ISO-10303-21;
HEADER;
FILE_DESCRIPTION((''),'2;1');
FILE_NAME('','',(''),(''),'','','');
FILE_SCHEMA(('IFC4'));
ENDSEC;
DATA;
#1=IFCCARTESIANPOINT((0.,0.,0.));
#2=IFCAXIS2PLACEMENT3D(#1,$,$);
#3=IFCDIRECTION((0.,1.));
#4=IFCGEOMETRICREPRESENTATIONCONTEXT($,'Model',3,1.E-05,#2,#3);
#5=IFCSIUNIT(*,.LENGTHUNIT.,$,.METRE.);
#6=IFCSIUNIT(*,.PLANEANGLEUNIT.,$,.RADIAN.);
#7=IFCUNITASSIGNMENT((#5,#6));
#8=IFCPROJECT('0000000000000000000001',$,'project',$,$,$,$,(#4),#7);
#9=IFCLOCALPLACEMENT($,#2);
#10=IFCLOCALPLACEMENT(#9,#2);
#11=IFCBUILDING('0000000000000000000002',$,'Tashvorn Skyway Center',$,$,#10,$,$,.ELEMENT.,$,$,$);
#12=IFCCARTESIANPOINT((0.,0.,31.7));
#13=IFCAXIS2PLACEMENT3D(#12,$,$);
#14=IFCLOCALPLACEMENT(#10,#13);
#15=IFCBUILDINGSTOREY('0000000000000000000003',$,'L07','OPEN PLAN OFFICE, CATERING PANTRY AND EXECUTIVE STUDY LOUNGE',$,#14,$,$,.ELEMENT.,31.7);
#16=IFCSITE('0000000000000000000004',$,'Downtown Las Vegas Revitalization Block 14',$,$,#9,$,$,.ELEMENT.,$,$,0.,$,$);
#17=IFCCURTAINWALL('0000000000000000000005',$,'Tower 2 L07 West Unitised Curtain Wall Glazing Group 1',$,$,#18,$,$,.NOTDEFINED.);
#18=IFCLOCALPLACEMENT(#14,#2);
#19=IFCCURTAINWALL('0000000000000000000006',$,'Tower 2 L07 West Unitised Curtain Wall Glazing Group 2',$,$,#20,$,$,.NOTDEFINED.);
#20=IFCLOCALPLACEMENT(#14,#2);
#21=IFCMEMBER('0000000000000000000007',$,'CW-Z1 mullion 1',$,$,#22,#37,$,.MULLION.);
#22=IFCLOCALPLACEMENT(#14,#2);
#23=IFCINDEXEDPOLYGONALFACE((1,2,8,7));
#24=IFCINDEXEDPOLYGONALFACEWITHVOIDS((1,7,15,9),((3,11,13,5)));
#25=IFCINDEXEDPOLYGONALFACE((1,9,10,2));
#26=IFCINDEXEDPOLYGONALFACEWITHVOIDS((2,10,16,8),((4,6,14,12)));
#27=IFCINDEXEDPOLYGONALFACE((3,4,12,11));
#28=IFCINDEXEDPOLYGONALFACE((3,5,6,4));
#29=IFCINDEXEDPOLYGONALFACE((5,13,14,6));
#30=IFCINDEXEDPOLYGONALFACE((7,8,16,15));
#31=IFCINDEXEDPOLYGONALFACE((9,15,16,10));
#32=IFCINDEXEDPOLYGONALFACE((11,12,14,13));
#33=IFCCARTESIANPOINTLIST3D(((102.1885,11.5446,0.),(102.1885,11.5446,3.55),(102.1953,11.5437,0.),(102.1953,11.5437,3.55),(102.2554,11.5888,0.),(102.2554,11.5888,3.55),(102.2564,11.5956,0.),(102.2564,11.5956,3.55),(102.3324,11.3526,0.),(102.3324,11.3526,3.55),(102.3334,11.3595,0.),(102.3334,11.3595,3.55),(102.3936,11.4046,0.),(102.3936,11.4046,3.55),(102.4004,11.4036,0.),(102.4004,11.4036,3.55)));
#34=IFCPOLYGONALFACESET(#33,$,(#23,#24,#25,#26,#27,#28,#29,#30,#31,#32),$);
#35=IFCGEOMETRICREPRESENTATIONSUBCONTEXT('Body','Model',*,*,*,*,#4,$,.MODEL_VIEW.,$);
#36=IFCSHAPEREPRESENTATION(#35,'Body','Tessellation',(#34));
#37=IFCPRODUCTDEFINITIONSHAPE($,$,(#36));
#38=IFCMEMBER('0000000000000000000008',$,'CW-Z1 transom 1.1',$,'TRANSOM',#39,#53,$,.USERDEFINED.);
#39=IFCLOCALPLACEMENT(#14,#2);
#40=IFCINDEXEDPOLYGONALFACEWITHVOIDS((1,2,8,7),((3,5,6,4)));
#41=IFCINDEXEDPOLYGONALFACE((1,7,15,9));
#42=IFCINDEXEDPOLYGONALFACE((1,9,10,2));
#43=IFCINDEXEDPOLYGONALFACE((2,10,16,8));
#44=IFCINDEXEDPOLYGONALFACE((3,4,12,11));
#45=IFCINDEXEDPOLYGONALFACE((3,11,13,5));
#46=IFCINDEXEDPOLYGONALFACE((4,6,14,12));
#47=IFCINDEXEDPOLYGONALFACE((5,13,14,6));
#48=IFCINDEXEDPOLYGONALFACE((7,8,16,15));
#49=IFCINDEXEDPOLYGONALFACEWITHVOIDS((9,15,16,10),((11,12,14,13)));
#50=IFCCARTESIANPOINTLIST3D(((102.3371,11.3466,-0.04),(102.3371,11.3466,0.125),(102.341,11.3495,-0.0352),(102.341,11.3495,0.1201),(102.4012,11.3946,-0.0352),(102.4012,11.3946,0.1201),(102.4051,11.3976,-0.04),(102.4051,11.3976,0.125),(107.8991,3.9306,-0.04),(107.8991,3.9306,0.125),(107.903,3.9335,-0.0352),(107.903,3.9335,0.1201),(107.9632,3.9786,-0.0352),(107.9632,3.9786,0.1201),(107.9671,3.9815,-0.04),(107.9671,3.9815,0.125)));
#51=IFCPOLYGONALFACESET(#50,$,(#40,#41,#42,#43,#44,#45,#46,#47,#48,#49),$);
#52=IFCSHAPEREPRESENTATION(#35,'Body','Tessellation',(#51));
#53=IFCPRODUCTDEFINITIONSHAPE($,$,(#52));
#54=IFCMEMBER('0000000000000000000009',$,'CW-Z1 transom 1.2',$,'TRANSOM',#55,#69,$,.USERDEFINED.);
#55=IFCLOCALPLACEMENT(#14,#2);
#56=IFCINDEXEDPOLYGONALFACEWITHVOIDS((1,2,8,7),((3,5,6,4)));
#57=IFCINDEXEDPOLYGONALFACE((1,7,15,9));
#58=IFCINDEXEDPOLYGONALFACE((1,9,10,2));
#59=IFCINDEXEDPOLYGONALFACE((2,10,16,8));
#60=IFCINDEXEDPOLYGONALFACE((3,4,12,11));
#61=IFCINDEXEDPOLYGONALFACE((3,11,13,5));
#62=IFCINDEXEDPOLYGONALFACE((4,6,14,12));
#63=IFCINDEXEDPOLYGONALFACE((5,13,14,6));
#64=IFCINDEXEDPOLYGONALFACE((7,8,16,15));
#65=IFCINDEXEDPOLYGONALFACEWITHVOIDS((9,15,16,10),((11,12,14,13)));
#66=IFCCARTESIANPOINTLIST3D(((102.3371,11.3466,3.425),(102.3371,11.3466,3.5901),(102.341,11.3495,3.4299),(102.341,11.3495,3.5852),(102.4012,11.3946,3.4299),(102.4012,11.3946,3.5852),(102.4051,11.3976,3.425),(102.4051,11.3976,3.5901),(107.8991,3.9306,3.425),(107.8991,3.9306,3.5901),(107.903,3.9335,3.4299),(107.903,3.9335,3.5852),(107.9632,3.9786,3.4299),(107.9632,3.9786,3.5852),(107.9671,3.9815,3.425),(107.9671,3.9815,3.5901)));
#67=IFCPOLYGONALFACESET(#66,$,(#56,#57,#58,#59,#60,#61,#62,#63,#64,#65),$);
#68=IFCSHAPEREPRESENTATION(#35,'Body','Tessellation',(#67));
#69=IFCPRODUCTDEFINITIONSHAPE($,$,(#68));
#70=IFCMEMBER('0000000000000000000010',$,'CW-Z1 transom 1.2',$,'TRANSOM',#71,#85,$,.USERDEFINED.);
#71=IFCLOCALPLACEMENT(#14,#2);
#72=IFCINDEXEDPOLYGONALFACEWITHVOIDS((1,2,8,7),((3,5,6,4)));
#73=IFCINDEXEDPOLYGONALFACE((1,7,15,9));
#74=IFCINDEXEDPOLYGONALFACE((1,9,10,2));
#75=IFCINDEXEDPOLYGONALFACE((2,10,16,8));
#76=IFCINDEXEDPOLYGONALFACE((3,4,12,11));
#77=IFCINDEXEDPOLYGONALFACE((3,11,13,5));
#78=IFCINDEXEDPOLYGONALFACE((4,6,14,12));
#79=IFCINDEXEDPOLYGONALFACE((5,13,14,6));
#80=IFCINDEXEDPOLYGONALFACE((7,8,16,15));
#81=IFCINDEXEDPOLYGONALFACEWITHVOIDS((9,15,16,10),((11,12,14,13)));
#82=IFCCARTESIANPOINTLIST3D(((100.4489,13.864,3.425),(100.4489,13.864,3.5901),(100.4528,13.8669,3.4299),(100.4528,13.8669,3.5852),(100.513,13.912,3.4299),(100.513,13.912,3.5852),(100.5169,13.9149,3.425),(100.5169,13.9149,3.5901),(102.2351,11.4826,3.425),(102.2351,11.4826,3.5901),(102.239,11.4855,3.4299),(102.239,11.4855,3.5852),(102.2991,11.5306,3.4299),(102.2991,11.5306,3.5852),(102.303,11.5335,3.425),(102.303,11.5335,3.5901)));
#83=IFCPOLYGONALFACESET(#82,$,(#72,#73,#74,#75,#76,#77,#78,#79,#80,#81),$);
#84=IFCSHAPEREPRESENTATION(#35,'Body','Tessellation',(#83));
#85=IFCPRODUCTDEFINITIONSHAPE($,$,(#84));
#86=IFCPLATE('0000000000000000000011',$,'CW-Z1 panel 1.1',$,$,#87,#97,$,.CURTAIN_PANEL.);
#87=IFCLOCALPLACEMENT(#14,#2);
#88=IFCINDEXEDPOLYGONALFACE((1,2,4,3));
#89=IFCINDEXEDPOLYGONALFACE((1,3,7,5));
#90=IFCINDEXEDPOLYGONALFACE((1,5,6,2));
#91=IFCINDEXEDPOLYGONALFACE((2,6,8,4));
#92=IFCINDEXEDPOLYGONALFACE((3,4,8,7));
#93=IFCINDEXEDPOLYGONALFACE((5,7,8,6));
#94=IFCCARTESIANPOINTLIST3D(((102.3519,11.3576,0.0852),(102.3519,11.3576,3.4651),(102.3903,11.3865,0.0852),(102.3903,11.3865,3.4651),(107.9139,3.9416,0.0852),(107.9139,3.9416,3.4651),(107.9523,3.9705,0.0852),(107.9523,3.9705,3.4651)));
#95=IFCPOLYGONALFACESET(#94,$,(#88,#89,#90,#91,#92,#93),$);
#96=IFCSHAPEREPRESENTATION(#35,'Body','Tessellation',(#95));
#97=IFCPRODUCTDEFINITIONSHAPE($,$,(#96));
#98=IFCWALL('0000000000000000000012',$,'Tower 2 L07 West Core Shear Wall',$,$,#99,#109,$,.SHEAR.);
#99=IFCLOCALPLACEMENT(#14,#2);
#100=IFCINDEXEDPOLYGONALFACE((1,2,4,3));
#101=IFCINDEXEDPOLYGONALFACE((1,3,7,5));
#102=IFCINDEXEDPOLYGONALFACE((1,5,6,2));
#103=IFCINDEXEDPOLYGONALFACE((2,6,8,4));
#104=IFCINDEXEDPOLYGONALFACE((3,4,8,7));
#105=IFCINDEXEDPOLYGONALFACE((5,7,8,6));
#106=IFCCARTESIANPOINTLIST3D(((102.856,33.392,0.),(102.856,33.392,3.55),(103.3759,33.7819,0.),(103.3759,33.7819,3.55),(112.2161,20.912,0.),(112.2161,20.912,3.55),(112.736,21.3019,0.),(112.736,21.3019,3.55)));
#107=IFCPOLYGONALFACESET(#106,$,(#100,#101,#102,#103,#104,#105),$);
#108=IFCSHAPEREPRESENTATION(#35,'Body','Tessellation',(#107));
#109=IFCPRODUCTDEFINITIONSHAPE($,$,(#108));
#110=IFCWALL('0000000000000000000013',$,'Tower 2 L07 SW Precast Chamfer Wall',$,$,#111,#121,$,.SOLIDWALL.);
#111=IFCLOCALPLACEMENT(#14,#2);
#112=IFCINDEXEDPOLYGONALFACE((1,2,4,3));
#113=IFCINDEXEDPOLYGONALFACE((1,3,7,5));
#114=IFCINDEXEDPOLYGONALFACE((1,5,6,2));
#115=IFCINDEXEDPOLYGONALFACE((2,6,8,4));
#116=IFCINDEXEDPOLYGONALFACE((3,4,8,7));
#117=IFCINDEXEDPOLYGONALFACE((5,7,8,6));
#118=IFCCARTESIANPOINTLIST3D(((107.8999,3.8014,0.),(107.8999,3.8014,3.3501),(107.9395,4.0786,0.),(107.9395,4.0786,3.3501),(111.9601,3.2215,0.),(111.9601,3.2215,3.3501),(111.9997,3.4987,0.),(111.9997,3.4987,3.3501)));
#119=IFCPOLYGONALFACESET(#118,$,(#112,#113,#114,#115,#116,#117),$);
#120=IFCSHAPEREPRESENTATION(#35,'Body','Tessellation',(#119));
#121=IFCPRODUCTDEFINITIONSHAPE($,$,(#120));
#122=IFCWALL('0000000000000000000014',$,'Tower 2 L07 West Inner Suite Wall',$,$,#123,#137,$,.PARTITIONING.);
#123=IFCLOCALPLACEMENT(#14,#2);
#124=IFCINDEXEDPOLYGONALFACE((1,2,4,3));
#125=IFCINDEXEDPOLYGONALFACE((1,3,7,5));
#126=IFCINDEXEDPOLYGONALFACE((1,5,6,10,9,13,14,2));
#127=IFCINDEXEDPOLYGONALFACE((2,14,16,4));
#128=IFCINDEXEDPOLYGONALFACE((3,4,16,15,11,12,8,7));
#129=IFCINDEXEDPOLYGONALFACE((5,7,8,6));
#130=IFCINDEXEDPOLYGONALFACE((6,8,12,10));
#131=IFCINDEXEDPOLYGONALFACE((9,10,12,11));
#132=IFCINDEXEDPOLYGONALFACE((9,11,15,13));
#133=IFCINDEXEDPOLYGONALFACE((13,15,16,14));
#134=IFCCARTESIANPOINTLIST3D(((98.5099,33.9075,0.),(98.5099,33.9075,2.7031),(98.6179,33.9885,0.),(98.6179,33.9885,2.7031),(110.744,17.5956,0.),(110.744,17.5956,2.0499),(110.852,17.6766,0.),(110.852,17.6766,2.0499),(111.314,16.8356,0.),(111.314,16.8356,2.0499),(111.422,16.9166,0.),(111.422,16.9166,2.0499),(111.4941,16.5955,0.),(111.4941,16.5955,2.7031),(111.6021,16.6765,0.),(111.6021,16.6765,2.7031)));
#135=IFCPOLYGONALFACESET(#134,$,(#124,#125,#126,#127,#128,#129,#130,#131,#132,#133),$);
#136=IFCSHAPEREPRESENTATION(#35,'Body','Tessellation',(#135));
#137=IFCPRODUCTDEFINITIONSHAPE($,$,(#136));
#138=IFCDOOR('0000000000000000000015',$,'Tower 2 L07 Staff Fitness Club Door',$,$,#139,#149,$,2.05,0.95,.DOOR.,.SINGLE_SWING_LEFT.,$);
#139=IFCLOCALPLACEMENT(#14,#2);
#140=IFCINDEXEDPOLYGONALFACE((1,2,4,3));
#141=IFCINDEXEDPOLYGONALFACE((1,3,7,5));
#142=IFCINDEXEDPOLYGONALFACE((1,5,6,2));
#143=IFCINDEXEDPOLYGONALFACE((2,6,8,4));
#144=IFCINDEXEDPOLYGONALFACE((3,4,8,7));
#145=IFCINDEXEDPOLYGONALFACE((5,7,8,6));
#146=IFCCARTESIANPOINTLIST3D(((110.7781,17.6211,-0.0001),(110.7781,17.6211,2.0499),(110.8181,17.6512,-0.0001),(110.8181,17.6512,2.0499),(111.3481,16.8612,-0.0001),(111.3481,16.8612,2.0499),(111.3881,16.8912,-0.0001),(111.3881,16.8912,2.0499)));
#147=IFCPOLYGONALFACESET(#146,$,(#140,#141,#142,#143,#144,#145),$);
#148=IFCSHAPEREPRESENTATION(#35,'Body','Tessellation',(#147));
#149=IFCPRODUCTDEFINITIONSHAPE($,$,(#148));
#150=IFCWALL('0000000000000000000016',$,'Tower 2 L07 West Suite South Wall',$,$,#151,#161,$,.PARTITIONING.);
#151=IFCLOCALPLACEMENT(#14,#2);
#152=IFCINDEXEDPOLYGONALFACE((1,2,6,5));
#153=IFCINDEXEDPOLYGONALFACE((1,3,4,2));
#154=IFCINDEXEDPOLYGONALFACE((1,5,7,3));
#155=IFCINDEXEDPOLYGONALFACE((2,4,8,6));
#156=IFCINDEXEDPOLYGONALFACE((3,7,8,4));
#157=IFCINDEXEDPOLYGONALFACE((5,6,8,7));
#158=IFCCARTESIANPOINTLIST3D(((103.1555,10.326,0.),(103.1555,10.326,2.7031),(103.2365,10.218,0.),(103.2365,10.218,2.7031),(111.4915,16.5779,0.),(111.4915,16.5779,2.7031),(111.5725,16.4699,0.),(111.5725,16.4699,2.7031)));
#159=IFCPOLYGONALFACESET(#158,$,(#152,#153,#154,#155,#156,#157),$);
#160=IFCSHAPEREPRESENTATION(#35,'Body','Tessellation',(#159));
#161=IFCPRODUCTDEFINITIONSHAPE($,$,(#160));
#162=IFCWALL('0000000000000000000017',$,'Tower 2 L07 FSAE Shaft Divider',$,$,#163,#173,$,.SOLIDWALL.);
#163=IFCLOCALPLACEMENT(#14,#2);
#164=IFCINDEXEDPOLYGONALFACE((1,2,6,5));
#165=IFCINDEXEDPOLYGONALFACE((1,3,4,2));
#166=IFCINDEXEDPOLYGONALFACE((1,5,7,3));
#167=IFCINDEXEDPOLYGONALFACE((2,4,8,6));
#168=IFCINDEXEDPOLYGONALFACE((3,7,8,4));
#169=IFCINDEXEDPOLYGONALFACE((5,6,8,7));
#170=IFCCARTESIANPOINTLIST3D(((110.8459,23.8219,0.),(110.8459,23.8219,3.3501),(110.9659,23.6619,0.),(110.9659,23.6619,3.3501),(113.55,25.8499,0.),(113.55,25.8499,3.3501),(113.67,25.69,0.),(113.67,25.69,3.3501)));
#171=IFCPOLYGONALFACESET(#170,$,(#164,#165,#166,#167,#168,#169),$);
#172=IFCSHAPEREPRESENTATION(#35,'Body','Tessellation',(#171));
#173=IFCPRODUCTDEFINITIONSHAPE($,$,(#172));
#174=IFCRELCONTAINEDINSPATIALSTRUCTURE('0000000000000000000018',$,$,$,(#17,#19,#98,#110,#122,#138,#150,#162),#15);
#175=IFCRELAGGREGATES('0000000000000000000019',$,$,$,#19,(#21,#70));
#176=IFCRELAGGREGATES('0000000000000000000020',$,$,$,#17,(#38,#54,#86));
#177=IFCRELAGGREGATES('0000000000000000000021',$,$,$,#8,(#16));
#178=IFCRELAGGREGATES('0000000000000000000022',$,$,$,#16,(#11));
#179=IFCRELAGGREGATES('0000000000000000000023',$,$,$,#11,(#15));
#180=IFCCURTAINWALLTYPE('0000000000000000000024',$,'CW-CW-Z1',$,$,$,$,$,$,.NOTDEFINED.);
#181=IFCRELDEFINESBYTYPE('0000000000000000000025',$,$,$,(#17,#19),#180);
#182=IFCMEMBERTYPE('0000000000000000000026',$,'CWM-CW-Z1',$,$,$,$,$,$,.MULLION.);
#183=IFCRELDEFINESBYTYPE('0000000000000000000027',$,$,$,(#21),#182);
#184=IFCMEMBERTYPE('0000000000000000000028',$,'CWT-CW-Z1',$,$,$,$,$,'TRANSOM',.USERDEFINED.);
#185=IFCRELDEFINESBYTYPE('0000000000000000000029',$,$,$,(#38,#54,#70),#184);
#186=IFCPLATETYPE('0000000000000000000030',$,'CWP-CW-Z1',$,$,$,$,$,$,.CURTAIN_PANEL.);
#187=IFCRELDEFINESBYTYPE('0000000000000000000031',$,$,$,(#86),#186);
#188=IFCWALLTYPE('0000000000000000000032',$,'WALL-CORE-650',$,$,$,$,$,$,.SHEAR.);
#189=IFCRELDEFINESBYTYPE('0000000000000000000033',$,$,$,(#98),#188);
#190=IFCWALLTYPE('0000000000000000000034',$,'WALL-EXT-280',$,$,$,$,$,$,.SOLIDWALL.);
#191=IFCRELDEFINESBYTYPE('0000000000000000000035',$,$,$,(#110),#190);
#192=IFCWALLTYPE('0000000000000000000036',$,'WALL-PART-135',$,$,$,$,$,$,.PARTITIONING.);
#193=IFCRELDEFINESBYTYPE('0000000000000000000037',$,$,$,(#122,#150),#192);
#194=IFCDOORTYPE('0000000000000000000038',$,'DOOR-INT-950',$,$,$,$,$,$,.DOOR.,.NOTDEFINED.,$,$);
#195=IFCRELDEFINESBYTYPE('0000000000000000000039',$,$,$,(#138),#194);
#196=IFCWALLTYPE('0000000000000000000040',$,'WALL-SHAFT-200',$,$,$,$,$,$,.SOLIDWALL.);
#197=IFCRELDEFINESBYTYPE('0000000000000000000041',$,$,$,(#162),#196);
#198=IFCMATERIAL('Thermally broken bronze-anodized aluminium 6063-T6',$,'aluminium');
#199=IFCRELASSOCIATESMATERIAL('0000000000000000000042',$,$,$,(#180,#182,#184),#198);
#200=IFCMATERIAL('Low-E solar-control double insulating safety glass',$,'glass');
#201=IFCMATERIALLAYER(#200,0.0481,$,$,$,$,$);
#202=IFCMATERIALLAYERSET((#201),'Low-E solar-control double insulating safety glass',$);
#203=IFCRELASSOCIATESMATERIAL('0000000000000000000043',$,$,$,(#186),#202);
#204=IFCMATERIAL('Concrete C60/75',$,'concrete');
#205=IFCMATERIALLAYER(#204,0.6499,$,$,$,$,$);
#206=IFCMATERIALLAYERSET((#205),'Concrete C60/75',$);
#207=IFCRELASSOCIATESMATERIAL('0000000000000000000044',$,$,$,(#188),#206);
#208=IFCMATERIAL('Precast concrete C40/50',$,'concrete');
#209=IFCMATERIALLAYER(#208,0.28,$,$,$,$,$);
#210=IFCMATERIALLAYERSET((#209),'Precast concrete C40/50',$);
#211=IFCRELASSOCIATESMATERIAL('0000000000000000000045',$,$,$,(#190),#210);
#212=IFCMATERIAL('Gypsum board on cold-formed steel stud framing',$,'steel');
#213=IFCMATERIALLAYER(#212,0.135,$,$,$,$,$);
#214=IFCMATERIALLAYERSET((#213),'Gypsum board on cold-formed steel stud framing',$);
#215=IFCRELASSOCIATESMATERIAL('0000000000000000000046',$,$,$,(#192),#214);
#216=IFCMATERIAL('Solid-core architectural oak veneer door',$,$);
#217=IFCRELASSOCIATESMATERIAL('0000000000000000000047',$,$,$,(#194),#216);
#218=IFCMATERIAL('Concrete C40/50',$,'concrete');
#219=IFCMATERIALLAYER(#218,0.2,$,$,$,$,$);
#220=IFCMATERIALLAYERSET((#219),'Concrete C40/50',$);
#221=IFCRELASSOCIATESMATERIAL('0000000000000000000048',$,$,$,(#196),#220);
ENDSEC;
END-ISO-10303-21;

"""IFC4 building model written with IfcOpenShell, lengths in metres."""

from ifc_helpers import new_model, si_unit, direction, frame, frame_2d, origin, origin_2d, place, context, subcontext, project, spatial, rectangle, hollow_rectangle, extrude, material, layer, layer_set, material_profile, profile_set, type_object, element, fill, aggregate, save


model = new_model("IFC4")

# Units and contexts
model_context = context("Model", 3, precision=1e-05, world=origin(), true_north=direction((0.0, 1.0)))
body_context = subcontext(model_context, "Body", "Model", "MODEL_VIEW")
ifc_project = project(units=[si_unit("LENGTHUNIT", "METRE"), si_unit("PLANEANGLEUNIT", "RADIAN")], contexts=[model_context])

# Site, building, storey
site_placement = place(None, origin())
site = spatial("IfcSite", under=ifc_project, at=site_placement, Name="Downtown Las Vegas Revitalization Block 14", CompositionType="ELEMENT", RefElevation=0.0)
building_placement = place(site_placement, origin())
building = spatial("IfcBuilding", under=site, at=building_placement, Name="Tashvorn Skyway Center", CompositionType="ELEMENT")
storey_placement = place(building_placement, frame((0.0, 0.0, 31.7)))
storey = spatial("IfcBuildingStorey", under=building, at=storey_placement, Name="L07", Description="OPEN PLAN OFFICE, CATERING PANTRY AND EXECUTIVE STUDY LOUNGE", CompositionType="ELEMENT", Elevation=31.7)

# Shared definitions
ifc_material_1 = material(Name="Concrete C60/75", Category="concrete")

# Shared definitions
ifc_material_2 = material(Name="Thermally broken bronze-anodized aluminium 6063-T6", Category="aluminium")
curtain_wall_type = type_object("IfcCurtainWallType", Name="CW-CW-Z1", PredefinedType="NOTDEFINED", material=ifc_material_2)
ifc_material_profile_1 = material_profile(ifc_material_2, hollow_rectangle(XDim=0.085, YDim=0.24, WallThickness=0.0049, at=origin_2d()), Name="ALU-MULL-85x240")
ifc_profile_set_1 = profile_set([ifc_material_profile_1], Name="Thermally broken bronze-anodized aluminium 6063-T6")
member_type_1 = type_object("IfcMemberType", Name="CWM-CW-Z1", PredefinedType="MULLION", material=ifc_profile_set_1)

# Curtain wall
curtain_wall_1_placement = place(storey_placement, origin())
curtain_wall_1 = element("IfcCurtainWall", 1, at=curtain_wall_1_placement, inside=storey, type_object=curtain_wall_type, Name="Tower 2 L07 West Unitised Curtain Wall Glazing Group 1", PredefinedType="NOTDEFINED")

# Curtain wall, member
curtain_wall_2_placement = place(storey_placement, origin())
curtain_wall_2 = element("IfcCurtainWall", 2, at=curtain_wall_2_placement, inside=storey, type_object=curtain_wall_type, Name="Tower 2 L07 West Unitised Curtain Wall Glazing Group 2", PredefinedType="NOTDEFINED")
member_1_placement = place(storey_placement, frame((102.2944, 11.4741, 0.0), z_axis=(0.0, 0.0, 1.0), x_axis=(-0.799996, -0.600005, 0.0)))
member_1 = element("IfcMember", 3, at=member_1_placement, type_object=member_type_1, Name="CW-Z1 mullion 1", PredefinedType="MULLION", context=body_context, shape_type="SweptSolid", body=[
    extrude(hollow_rectangle(XDim=0.085, YDim=0.24, WallThickness=0.0049, at=origin_2d()), origin(), (0.0, 0.0, 1.0), 3.55),
])

# Members
ifc_material_profile_2 = material_profile(ifc_material_2, hollow_rectangle(XDim=0.085, YDim=0.165, WallThickness=0.0049, at=origin_2d()), Name="ALU-TRAN-85x165")
ifc_profile_set_2 = profile_set([ifc_material_profile_2], Name="Thermally broken bronze-anodized aluminium 6063-T6")
member_type_2 = type_object("IfcMemberType", Name="CWT-CW-Z1", ElementType="TRANSOM", PredefinedType="USERDEFINED", material=ifc_profile_set_2)
member_2_placement = place(storey_placement, frame((107.9331, 3.9561, 0.0425), z_axis=(-0.6, 0.8, 0.0), x_axis=(-0.8, -0.6, 0.0)))
member_2 = element("IfcMember", 4, at=member_2_placement, type_object=member_type_2, Name="CW-Z1 transom 1.1", ObjectType="TRANSOM", PredefinedType="USERDEFINED", context=body_context, shape_type="SweptSolid", body=[
    extrude(hollow_rectangle(XDim=0.085, YDim=0.165, WallThickness=0.0049, at=origin_2d()), origin(), (0.0, 0.0, 1.0), 9.27),
])
member_3_placement = place(storey_placement, frame((107.9331, 3.9561, 3.5076), z_axis=(-0.6, 0.8, 0.0), x_axis=(-0.8, -0.6, 0.0)))
member_3 = element("IfcMember", 5, at=member_3_placement, type_object=member_type_2, Name="CW-Z1 transom 1.2", ObjectType="TRANSOM", PredefinedType="USERDEFINED", context=body_context, shape_type="SweptSolid", body=[
    extrude(hollow_rectangle(XDim=0.085, YDim=0.165, WallThickness=0.0049, at=origin_2d()), origin(), (0.0, 0.0, 1.0), 9.27),
])
member_4_placement = place(storey_placement, frame((102.269, 11.5081, 3.5076), z_axis=(-0.600026, 0.79998, 0.0), x_axis=(-0.79998, -0.600026, 0.0)))
member_4 = element("IfcMember", 6, at=member_4_placement, type_object=member_type_2, Name="CW-Z1 transom 1.2", ObjectType="TRANSOM", PredefinedType="USERDEFINED", context=body_context, shape_type="SweptSolid", body=[
    extrude(hollow_rectangle(XDim=0.085, YDim=0.165, WallThickness=0.0049, at=origin_2d()), origin(), (0.0, 0.0, 1.0), 2.9768),
])
aggregate(curtain_wall_2, [member_1, member_4])

# Plate
ifc_material_3 = material(Name="Low-E solar-control double insulating safety glass", Category="glass")
ifc_layer_1 = layer(ifc_material_3, 0.0481)
ifc_layer_set_1 = layer_set([ifc_layer_1], Name="Low-E solar-control double insulating safety glass")
plate_type = type_object("IfcPlateType", Name="CWP-CW-Z1", PredefinedType="CURTAIN_PANEL", material=ifc_layer_set_1)
plate_placement = place(storey_placement, frame((105.1521, 7.6641, 0.0852), z_axis=(0.0, 0.0, 1.0), x_axis=(-0.6, 0.8, 0.0)))
plate = element("IfcPlate", 7, at=plate_placement, type_object=plate_type, Name="CW-Z1 panel 1.1", PredefinedType="CURTAIN_PANEL", context=body_context, shape_type="SweptSolid", body=[
    extrude(rectangle(XDim=9.27, YDim=0.0481, at=origin_2d()), origin(), (0.0, 0.0, 1.0), 3.3799),
])
aggregate(curtain_wall_1, [member_2, member_3, plate])

# Walls
ifc_layer_2 = layer(ifc_material_1, 0.6499)
ifc_layer_set_2 = layer_set([ifc_layer_2], Name="Concrete C60/75")
wall_type_1 = type_object("IfcWallType", Name="WALL-CORE-650", PredefinedType="SHEAR", material=ifc_layer_set_2)
wall_1_placement = place(storey_placement, frame((112.4761, 21.1069, 0.0), z_axis=(0.0, 0.0, 1.0), x_axis=(-0.600005, 0.799996, 0.0)))
element("IfcWall", 8, at=wall_1_placement, inside=storey, type_object=wall_type_1, Name="Tower 2 L07 West Core Shear Wall", PredefinedType="SHEAR", context=body_context, shape_type="SweptSolid", body=[
    extrude(rectangle(XDim=15.6001, YDim=0.6499, at=frame_2d((7.8, 0.0))), origin(), (0.0, 0.0, 1.0), 3.55),
])
ifc_material_4 = material(Name="Precast concrete C40/50", Category="concrete")
ifc_layer_3 = layer(ifc_material_4, 0.28)
ifc_layer_set_3 = layer_set([ifc_layer_3], Name="Precast concrete C40/50")
wall_type_2 = type_object("IfcWallType", Name="WALL-EXT-280", PredefinedType="SOLIDWALL", material=ifc_layer_set_3)
wall_2_placement = place(storey_placement, frame((111.98, 3.3601, 0.0), z_axis=(0.0, 0.0, 1.0), x_axis=(-0.989955, 0.14138, 0.0)))
element("IfcWall", 9, at=wall_2_placement, inside=storey, type_object=wall_type_2, Name="Tower 2 L07 SW Precast Chamfer Wall", PredefinedType="SOLIDWALL", context=body_context, shape_type="SweptSolid", body=[
    extrude(rectangle(XDim=4.1013, YDim=0.28, at=frame_2d((2.0508, 0.0))), origin(), (0.0, 0.0, 1.0), 3.3501),
])

# Wall, opening, door
ifc_material_5 = material(Name="Gypsum board on cold-formed steel stud framing", Category="steel")
ifc_layer_4 = layer(ifc_material_5, 0.135)
ifc_layer_set_4 = layer_set([ifc_layer_4], Name="Gypsum board on cold-formed steel stud framing")
wall_type_3 = type_object("IfcWallType", Name="WALL-PART-135", PredefinedType="PARTITIONING", material=ifc_layer_set_4)
wall_3_placement = place(storey_placement, frame((111.5481, 16.636, 0.0), z_axis=(0.0, 0.0, 1.0), x_axis=(-0.600004, 0.799997, 0.0)))
wall_3 = element("IfcWall", 10, at=wall_3_placement, inside=storey, type_object=wall_type_3, Name="Tower 2 L07 West Inner Suite Wall", PredefinedType="PARTITIONING", context=body_context, shape_type="SweptSolid", body=[
    extrude(rectangle(XDim=21.6401, YDim=0.135, at=frame_2d((10.8201, 0.0))), origin(), (0.0, 0.0, 1.0), 2.7031),
])
opening_1_placement = place(wall_3_placement, frame((0.3, 0.0, 0.0)))
opening_1 = element("IfcOpeningElement", 11, at=opening_1_placement, cuts=wall_3, PredefinedType="OPENING", context=body_context, shape_type="SweptSolid", body=[
    extrude(rectangle(XDim=0.95, YDim=2.05, at=frame_2d((0.4751, 1.0249))), frame((0.0, 0.0774, 0.0), z_axis=(0.0, -1.0, 0.0), x_axis=(1.0, 0.0, 0.0)), (0.0, 0.0, 1.0), 0.155),
])
ifc_material_6 = material(Name="Solid-core architectural oak veneer door")
door_type_1 = type_object("IfcDoorType", Name="DOOR-INT-950", OperationType="NOTDEFINED", PredefinedType="DOOR", material=ifc_material_6)
door_1_placement = place(opening_1_placement, origin())
door_1 = element("IfcDoor", 12, at=door_1_placement, inside=storey, type_object=door_type_1, Name="Tower 2 L07 Staff Fitness Club Door", OperationType="SINGLE_SWING_LEFT", OverallHeight=2.05, OverallWidth=0.95, PredefinedType="DOOR", context=body_context, shape_type="SweptSolid", body=[
    extrude(rectangle(XDim=0.95, YDim=2.05, at=frame_2d((0.4751, 1.0249))), frame((0.0, 0.0249, 0.0), z_axis=(0.0, -1.0, 0.0), x_axis=(1.0, 0.0, 0.0)), (0.0, 0.0, 1.0), 0.05),
])
fill(opening_1, door_1)

# Walls
wall_4_placement = place(storey_placement, frame((103.196, 10.272, 0.0), z_axis=(0.0, 0.0, 1.0), x_axis=(0.8, 0.6, 0.0)))
element("IfcWall", 13, at=wall_4_placement, inside=storey, type_object=wall_type_3, Name="Tower 2 L07 West Suite South Wall", PredefinedType="PARTITIONING", context=body_context, shape_type="SweptSolid", body=[
    extrude(rectangle(XDim=10.4199, YDim=0.135, at=frame_2d((5.21, 0.0))), origin(), (0.0, 0.0, 1.0), 2.7031),
])
ifc_material_7 = material(Name="Concrete C40/50", Category="concrete")
ifc_layer_5 = layer(ifc_material_7, 0.2)
ifc_layer_set_5 = layer_set([ifc_layer_5], Name="Concrete C40/50")
wall_type_4 = type_object("IfcWallType", Name="WALL-SHAFT-200", PredefinedType="SOLIDWALL", material=ifc_layer_set_5)
for number, where, z_axis, x_axis, name in (
    (14, (110.906, 23.7419, 0.0), (0.0, 0.0, 1.0), (0.8, 0.6, 0.0), "Tower 2 L07 FSAE Shaft Divider"),
):
    element("IfcWall", number, at=place(storey_placement, frame(where, z_axis=z_axis, x_axis=x_axis)), inside=storey, type_object=wall_type_4, Name=name, PredefinedType="SOLIDWALL", context=body_context, shape_type="SweptSolid", body=[
        extrude(rectangle(XDim=3.3801, YDim=0.2, at=frame_2d((1.6899, 0.0))), origin(), (0.0, 0.0, 1.0), 3.3501),
    ])

save(model, "model.ifc")
